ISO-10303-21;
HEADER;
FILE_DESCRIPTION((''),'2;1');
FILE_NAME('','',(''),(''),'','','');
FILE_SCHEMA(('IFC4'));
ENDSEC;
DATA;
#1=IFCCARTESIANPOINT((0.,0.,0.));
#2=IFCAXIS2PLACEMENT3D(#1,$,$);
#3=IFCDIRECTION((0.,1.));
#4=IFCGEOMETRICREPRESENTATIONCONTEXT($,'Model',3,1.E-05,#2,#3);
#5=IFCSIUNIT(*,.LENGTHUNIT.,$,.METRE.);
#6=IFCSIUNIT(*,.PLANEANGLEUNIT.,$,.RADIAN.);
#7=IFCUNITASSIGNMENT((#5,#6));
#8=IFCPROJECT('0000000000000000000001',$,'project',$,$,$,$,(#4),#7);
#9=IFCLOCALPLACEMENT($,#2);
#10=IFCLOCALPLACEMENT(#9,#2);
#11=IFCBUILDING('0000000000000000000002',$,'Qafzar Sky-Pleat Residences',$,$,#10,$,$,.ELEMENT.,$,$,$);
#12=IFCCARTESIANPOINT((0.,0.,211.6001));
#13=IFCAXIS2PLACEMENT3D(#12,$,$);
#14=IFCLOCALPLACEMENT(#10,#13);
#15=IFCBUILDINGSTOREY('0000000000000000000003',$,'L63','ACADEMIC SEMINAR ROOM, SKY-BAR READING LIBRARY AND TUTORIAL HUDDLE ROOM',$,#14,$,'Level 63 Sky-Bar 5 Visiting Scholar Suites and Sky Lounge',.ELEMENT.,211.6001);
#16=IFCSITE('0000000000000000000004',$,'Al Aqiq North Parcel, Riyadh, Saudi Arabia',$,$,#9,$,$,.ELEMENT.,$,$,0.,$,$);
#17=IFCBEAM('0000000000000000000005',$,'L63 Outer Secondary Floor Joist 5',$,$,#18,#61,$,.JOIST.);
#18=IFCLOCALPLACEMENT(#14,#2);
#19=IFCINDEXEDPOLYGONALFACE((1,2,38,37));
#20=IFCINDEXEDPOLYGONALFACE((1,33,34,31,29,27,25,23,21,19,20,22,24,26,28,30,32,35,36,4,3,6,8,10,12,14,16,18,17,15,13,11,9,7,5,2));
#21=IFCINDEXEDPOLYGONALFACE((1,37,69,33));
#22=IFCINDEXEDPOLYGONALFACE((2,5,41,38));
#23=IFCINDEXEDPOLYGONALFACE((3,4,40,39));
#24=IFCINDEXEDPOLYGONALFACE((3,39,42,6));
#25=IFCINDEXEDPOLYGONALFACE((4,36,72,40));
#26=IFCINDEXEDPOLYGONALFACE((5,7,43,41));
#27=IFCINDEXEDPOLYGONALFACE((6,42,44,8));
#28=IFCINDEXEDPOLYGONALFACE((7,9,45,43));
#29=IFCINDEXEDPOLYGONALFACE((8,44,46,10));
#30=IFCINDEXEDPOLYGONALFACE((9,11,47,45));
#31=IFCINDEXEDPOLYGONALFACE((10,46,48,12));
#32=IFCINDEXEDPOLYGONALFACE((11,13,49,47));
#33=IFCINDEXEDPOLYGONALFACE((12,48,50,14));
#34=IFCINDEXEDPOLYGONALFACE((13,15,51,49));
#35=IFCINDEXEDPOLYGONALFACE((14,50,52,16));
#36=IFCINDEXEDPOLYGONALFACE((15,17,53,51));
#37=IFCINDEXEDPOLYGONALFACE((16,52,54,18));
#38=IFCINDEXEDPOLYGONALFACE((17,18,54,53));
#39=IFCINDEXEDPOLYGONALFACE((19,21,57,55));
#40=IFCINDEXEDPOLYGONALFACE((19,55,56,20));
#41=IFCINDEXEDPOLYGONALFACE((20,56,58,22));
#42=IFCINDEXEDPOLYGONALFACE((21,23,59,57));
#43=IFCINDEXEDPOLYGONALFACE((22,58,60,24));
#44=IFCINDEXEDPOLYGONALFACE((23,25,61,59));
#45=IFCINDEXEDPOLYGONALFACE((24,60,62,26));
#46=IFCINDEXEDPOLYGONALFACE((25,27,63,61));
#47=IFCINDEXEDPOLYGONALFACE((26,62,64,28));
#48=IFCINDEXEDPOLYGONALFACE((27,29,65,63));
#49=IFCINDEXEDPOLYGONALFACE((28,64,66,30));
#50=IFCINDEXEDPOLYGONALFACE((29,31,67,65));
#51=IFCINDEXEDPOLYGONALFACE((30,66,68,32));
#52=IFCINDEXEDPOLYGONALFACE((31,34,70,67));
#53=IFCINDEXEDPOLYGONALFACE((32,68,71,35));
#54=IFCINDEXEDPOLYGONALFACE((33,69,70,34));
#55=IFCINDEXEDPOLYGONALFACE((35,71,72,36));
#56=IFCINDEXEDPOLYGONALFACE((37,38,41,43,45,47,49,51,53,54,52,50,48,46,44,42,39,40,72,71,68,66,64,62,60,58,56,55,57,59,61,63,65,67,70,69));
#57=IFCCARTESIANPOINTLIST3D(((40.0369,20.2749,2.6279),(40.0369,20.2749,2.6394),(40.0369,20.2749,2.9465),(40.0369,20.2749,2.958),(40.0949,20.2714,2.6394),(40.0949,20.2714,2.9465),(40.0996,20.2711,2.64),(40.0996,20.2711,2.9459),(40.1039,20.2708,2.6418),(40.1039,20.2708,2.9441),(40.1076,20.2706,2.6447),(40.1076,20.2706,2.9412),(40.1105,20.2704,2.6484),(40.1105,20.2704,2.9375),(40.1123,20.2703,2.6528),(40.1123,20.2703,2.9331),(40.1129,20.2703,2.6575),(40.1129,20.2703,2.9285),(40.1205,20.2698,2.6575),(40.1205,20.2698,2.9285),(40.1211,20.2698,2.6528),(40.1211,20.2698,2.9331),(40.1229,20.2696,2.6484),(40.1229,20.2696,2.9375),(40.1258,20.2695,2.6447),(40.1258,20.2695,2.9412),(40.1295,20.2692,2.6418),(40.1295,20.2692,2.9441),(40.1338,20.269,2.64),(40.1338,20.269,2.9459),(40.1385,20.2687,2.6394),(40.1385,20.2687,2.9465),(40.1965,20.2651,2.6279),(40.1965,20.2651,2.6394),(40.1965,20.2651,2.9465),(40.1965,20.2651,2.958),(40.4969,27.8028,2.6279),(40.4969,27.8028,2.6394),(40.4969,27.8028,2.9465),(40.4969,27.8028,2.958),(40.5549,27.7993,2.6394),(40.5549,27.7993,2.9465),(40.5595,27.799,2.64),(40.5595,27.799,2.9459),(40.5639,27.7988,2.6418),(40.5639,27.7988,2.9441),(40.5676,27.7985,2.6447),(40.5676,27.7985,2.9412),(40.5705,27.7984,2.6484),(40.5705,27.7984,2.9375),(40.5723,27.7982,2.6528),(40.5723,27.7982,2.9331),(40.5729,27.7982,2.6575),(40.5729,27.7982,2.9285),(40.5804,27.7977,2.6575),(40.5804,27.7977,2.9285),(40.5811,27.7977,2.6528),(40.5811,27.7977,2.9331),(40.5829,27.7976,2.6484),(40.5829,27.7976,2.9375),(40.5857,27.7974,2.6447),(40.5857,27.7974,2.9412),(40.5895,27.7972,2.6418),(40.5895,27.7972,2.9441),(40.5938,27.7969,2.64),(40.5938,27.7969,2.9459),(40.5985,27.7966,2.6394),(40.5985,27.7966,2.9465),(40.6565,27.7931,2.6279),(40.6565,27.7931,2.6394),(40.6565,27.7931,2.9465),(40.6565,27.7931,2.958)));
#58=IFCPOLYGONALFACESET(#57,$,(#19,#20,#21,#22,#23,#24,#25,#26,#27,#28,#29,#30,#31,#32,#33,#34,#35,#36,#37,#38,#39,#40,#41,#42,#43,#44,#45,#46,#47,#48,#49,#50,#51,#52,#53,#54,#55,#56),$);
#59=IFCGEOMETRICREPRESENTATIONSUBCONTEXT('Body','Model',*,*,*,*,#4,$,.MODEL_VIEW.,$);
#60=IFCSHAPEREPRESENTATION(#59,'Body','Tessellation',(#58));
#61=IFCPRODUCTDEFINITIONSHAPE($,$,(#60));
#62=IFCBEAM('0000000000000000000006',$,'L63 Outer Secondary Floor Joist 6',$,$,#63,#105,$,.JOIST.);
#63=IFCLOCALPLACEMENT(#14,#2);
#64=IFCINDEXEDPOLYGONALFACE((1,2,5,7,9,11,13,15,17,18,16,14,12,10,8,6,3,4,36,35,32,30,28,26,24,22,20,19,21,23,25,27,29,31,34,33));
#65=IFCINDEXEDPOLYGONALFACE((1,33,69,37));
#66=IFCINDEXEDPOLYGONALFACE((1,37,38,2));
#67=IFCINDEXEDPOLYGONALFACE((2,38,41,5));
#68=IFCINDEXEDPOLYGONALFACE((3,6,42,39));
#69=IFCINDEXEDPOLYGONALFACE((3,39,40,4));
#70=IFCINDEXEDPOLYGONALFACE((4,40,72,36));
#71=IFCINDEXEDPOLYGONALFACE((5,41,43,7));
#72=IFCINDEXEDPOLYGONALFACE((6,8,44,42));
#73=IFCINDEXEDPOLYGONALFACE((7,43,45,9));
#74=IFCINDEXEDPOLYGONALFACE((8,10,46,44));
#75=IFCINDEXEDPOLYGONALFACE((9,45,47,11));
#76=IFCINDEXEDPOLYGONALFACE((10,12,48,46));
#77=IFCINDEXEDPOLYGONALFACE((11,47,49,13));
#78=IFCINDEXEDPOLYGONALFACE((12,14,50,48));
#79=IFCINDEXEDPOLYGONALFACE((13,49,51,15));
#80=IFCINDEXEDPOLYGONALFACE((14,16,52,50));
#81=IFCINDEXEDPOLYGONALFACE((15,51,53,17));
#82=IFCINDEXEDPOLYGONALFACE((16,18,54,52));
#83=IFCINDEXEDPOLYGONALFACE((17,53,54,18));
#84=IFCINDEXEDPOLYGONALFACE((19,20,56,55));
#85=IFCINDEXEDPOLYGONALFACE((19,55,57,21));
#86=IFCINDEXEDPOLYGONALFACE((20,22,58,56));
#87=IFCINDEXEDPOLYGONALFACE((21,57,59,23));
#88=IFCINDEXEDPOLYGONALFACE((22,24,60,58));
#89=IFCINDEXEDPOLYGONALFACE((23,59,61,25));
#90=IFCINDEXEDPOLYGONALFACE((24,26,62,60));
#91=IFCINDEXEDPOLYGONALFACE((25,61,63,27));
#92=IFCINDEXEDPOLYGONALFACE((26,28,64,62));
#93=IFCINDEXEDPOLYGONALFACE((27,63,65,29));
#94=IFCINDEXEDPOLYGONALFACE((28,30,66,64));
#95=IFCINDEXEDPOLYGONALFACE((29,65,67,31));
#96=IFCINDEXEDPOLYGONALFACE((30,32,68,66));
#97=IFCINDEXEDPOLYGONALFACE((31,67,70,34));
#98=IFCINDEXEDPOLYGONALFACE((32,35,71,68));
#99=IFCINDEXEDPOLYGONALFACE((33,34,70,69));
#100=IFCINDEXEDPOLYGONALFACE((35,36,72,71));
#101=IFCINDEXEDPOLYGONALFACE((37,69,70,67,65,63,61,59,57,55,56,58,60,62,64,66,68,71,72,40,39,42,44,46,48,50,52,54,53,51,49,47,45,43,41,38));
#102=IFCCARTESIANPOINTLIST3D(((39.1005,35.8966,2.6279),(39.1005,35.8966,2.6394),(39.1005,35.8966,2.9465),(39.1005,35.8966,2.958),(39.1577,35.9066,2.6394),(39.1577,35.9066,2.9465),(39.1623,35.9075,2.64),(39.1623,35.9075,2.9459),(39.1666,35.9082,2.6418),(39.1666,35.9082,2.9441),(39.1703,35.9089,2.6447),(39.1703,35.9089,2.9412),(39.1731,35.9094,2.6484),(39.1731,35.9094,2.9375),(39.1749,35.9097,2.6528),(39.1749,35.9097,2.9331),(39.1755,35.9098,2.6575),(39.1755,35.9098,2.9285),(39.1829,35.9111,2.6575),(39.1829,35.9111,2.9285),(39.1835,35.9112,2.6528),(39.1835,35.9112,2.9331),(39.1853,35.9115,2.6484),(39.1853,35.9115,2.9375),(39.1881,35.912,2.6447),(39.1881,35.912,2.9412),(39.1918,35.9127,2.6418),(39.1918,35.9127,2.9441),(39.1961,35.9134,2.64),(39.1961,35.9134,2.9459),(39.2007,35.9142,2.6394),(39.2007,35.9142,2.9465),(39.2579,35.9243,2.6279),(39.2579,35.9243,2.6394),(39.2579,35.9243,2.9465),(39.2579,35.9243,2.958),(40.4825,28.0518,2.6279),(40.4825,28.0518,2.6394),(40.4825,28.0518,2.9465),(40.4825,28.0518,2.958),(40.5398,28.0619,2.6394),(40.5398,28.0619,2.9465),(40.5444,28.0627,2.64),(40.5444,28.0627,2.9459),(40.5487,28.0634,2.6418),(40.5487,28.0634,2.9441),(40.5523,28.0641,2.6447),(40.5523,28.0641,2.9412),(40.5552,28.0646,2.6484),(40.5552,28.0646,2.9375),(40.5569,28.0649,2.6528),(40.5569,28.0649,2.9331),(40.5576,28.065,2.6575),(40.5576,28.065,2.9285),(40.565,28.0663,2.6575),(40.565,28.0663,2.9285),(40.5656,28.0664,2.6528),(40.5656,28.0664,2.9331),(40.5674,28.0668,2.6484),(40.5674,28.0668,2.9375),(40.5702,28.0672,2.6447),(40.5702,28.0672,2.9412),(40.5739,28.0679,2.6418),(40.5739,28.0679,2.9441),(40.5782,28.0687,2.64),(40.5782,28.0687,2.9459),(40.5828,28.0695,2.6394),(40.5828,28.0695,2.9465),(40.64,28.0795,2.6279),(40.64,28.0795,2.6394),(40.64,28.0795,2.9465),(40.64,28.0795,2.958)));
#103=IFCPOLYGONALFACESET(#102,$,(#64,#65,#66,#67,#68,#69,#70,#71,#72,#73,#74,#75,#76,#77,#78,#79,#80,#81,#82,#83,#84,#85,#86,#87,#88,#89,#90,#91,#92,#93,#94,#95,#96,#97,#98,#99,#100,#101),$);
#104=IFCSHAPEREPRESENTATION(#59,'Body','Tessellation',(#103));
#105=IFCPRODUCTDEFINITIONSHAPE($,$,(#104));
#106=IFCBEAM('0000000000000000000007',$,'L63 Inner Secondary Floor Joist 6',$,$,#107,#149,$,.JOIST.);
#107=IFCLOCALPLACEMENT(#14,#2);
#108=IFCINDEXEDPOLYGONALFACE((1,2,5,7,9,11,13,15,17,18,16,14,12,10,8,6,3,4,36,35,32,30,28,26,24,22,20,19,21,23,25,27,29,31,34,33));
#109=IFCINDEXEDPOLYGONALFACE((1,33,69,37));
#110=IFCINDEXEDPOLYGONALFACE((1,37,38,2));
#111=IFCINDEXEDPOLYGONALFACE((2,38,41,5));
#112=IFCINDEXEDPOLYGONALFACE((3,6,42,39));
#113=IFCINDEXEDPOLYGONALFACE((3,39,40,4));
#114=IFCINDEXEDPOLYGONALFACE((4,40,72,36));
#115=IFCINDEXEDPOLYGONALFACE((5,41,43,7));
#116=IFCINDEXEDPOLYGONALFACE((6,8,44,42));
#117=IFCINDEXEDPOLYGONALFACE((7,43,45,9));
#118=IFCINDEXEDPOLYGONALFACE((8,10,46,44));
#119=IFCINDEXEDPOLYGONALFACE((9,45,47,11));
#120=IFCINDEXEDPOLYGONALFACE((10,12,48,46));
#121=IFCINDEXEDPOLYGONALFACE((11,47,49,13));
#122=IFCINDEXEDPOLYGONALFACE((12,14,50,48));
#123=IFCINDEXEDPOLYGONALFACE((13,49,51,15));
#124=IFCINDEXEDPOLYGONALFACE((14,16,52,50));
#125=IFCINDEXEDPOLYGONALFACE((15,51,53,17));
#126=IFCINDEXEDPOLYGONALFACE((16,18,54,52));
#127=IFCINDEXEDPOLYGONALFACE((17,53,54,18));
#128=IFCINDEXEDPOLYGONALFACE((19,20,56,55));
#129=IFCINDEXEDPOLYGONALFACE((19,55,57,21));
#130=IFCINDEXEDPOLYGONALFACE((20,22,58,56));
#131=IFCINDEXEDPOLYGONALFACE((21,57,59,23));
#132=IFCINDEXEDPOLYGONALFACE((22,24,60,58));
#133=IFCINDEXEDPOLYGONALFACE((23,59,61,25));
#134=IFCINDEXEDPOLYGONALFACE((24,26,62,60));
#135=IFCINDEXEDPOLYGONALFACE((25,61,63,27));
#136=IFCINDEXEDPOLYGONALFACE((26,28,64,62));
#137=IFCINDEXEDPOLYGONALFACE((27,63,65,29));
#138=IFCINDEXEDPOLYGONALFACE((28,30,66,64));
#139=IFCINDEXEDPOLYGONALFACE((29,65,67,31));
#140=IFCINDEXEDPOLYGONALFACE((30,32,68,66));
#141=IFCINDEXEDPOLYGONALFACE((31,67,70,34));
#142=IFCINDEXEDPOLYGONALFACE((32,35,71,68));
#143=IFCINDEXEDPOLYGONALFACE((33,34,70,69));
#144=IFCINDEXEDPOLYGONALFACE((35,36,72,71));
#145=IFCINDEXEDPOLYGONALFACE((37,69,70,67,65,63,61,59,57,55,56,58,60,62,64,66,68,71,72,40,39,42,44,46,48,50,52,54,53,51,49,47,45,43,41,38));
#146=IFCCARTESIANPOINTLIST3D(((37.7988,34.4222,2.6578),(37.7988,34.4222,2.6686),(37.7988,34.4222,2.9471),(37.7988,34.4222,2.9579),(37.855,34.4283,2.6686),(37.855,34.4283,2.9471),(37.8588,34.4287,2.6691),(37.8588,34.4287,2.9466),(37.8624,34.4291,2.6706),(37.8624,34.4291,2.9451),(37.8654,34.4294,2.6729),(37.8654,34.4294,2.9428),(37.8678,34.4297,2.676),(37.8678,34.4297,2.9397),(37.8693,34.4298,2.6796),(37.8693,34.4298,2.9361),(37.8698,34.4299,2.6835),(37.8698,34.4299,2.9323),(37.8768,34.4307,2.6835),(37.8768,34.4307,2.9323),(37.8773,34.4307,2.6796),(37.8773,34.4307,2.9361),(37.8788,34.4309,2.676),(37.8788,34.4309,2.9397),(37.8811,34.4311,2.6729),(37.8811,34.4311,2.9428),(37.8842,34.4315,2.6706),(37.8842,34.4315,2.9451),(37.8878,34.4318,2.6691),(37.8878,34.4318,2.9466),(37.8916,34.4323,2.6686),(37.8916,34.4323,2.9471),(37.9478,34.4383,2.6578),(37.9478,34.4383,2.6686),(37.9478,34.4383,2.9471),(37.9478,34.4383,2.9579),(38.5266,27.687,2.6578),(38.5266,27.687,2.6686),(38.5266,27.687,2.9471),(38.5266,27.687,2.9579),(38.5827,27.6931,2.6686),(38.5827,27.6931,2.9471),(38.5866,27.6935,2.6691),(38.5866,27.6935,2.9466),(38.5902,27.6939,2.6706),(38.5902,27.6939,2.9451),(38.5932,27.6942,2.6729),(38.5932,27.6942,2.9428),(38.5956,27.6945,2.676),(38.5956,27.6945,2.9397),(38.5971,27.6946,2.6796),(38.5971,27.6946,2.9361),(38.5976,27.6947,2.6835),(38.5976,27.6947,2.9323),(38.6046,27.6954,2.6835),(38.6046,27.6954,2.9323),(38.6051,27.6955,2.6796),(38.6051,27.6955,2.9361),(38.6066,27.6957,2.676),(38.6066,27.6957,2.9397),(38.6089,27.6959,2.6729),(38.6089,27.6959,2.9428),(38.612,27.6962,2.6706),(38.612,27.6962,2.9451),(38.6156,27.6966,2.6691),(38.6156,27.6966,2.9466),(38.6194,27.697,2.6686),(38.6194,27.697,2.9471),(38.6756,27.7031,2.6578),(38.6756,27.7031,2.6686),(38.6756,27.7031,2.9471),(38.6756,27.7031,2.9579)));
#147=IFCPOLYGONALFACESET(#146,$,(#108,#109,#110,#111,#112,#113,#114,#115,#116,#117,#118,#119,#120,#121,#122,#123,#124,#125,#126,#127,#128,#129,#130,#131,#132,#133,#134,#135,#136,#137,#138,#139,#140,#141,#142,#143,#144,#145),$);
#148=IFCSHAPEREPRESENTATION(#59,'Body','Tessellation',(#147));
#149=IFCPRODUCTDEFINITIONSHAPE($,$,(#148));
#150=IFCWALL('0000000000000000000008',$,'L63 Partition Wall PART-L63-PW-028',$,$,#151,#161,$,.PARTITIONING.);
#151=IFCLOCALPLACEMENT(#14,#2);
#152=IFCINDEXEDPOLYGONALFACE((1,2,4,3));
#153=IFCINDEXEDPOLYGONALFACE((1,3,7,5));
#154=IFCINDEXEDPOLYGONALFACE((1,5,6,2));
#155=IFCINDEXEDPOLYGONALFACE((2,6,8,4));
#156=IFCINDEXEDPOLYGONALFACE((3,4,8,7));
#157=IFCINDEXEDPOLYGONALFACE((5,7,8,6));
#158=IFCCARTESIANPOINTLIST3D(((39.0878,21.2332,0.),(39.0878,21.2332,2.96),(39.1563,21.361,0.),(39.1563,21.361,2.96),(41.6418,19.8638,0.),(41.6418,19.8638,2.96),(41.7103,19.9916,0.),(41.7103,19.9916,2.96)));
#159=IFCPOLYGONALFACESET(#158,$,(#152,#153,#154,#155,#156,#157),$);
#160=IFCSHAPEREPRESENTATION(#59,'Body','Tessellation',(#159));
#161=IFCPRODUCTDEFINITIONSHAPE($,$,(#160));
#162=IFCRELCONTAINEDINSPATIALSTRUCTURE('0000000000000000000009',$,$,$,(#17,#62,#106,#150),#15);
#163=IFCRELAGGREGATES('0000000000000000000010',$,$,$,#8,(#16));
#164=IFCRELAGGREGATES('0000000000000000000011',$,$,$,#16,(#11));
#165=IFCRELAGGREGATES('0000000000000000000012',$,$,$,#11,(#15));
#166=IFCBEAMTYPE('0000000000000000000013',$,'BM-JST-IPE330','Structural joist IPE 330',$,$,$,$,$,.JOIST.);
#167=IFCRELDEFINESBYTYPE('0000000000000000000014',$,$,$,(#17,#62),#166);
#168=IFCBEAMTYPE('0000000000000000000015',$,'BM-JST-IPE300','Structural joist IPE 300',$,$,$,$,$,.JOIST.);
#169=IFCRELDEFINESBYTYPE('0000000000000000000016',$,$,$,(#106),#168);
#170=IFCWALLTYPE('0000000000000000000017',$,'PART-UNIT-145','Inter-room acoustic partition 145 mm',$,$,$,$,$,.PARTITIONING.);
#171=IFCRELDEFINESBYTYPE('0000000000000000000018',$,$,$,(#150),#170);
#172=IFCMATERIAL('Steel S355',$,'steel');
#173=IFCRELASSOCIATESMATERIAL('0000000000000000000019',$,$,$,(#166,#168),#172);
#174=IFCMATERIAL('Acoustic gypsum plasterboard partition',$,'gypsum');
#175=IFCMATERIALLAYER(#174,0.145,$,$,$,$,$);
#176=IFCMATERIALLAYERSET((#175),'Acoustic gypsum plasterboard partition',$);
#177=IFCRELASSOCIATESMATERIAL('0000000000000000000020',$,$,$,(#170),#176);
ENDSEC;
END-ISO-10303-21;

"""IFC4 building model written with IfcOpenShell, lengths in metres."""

from ifc_helpers import new_model, si_unit, direction, frame, frame_2d, origin, origin_2d, place, context, subcontext, project, spatial, rectangle, i_section, extrude, source, transform, mapped, material, layer, layer_set, material_profile, profile_set, type_object, element, save


model = new_model("IFC4")

# Units and contexts
model_context = context("Model", 3, precision=1e-05, world=origin(), true_north=direction((0.0, 1.0)))
body_context = subcontext(model_context, "Body", "Model", "MODEL_VIEW")
ifc_project = project(units=[si_unit("LENGTHUNIT", "METRE"), si_unit("PLANEANGLEUNIT", "RADIAN")], contexts=[model_context])

# Site, building, storey
site_placement = place(None, origin())
site = spatial("IfcSite", under=ifc_project, at=site_placement, Name="Al Aqiq North Parcel, Riyadh, Saudi Arabia", CompositionType="ELEMENT", RefElevation=0.0)
building_placement = place(site_placement, origin())
building = spatial("IfcBuilding", under=site, at=building_placement, Name="Qafzar Sky-Pleat Residences", CompositionType="ELEMENT")
storey_placement = place(building_placement, frame((0.0, 0.0, 211.6001)))
storey = spatial("IfcBuildingStorey", under=building, at=storey_placement, Name="L63", Description="ACADEMIC SEMINAR ROOM, SKY-BAR READING LIBRARY AND TUTORIAL HUDDLE ROOM", LongName="Level 63 Sky-Bar 5 Visiting Scholar Suites and Sky Lounge", CompositionType="ELEMENT", Elevation=211.6001)

# Shared definitions
ifc_material_1 = material(Name="Steel S355", Category="steel")

# Beams
ifc_material_profile_1 = material_profile(ifc_material_1, i_section(OverallWidth=0.1599, OverallDepth=0.3301, WebThickness=0.0076, FlangeThickness=0.0115, FilletRadius=0.0181, at=origin_2d()), Name="IPE 330")
ifc_profile_set_1 = profile_set([ifc_material_profile_1], Name="Steel S355")
beam_type_1 = type_object("IfcBeamType", Name="BM-JST-IPE330", Description="Structural joist IPE 330", PredefinedType="JOIST", material=ifc_profile_set_1)
shared_shape_1 = source(origin(), body_context, "Body", "SweptSolid", [
    extrude(i_section(OverallWidth=0.1599, OverallDepth=0.3301, WebThickness=0.0076, FlangeThickness=0.0115, FilletRadius=0.0181, at=origin_2d()), origin(), (0.0, 0.0, 1.0), 7.542),
])
beam_1_placement = place(storey_placement, frame((40.1167, 20.27, 2.793), z_axis=(0.060988, 0.998139, 0.0), x_axis=(-0.998139, 0.060988, 0.0)))
element("IfcBeam", 1, at=beam_1_placement, inside=storey, type_object=beam_type_1, Name="L63 Outer Secondary Floor Joist 5", PredefinedType="JOIST", context=body_context, shape_type="MappedRepresentation", body=[
    mapped(shared_shape_1, transform((0.0, 0.0, 0.0), x_axis=(1.0, 0.0, 0.0), y_axis=(0.0, 1.0, 0.0), z_axis=(0.0, 0.0, 1.0), scale=1.0)),
])
shared_shape_2 = source(origin(), body_context, "Body", "SweptSolid", [
    extrude(i_section(OverallWidth=0.1599, OverallDepth=0.3301, WebThickness=0.0076, FlangeThickness=0.0115, FilletRadius=0.0181, at=origin_2d()), origin(), (0.0, 0.0, 1.0), 7.9656),
])
beam_2_placement = place(storey_placement, frame((40.5613, 28.0657, 2.793), z_axis=(-0.173507, 0.984833, 0.0), x_axis=(-0.984833, -0.173507, 0.0)))
element("IfcBeam", 2, at=beam_2_placement, inside=storey, type_object=beam_type_1, Name="L63 Outer Secondary Floor Joist 6", PredefinedType="JOIST", context=body_context, shape_type="MappedRepresentation", body=[
    mapped(shared_shape_2, transform((0.0, 0.0, 0.0), x_axis=(1.0, 0.0, 0.0), y_axis=(0.0, 1.0, 0.0), z_axis=(0.0, 0.0, 1.0), scale=1.0)),
])
ifc_material_profile_2 = material_profile(ifc_material_1, i_section(OverallWidth=0.1499, OverallDepth=0.3, WebThickness=0.0071, FlangeThickness=0.0107, FilletRadius=0.0149, at=origin_2d()), Name="IPE 300")
ifc_profile_set_2 = profile_set([ifc_material_profile_2], Name="Steel S355")
beam_type_2 = type_object("IfcBeamType", Name="BM-JST-IPE300", Description="Structural joist IPE 300", PredefinedType="JOIST", material=ifc_profile_set_2)
shared_shape_3 = source(origin(), body_context, "Body", "SweptSolid", [
    extrude(i_section(OverallWidth=0.1499, OverallDepth=0.3, WebThickness=0.0071, FlangeThickness=0.0107, FilletRadius=0.0149, at=origin_2d()), origin(), (0.0, 0.0, 1.0), 6.7744),
])
beam_3_placement = place(storey_placement, frame((38.6011, 27.6951, 2.8079), z_axis=(-0.107433, 0.994212, 0.0), x_axis=(-0.994212, -0.107433, 0.0)))
element("IfcBeam", 3, at=beam_3_placement, inside=storey, type_object=beam_type_2, Name="L63 Inner Secondary Floor Joist 6", PredefinedType="JOIST", context=body_context, shape_type="MappedRepresentation", body=[
    mapped(shared_shape_3, transform((0.0, 0.0, 0.0), x_axis=(1.0, 0.0, 0.0), y_axis=(0.0, 1.0, 0.0), z_axis=(0.0, 0.0, 1.0), scale=1.0)),
])

# Wall
ifc_material_2 = material(Name="Acoustic gypsum plasterboard partition", Category="gypsum")
ifc_layer_1 = layer(ifc_material_2, 0.145)
ifc_layer_set_1 = layer_set([ifc_layer_1], Name="Acoustic gypsum plasterboard partition")
wall_type_1 = type_object("IfcWallType", Name="PART-UNIT-145", Description="Inter-room acoustic partition 145 mm", PredefinedType="PARTITIONING", material=ifc_layer_set_1)
wall_1_placement = place(storey_placement, frame((39.1221, 21.2971, 0.0), z_axis=(0.0, 0.0, 1.0), x_axis=(0.881308, -0.472542, 0.0)))
element("IfcWall", 4, at=wall_1_placement, inside=storey, type_object=wall_type_1, Name="L63 Partition Wall PART-L63-PW-028", PredefinedType="PARTITIONING", context=body_context, shape_type="SweptSolid", body=[
    extrude(rectangle(XDim=2.8979, YDim=0.145, at=frame_2d((1.449, 0.0))), origin(), (0.0, 0.0, 1.0), 2.96),
])

save(model, "model.ifc")
